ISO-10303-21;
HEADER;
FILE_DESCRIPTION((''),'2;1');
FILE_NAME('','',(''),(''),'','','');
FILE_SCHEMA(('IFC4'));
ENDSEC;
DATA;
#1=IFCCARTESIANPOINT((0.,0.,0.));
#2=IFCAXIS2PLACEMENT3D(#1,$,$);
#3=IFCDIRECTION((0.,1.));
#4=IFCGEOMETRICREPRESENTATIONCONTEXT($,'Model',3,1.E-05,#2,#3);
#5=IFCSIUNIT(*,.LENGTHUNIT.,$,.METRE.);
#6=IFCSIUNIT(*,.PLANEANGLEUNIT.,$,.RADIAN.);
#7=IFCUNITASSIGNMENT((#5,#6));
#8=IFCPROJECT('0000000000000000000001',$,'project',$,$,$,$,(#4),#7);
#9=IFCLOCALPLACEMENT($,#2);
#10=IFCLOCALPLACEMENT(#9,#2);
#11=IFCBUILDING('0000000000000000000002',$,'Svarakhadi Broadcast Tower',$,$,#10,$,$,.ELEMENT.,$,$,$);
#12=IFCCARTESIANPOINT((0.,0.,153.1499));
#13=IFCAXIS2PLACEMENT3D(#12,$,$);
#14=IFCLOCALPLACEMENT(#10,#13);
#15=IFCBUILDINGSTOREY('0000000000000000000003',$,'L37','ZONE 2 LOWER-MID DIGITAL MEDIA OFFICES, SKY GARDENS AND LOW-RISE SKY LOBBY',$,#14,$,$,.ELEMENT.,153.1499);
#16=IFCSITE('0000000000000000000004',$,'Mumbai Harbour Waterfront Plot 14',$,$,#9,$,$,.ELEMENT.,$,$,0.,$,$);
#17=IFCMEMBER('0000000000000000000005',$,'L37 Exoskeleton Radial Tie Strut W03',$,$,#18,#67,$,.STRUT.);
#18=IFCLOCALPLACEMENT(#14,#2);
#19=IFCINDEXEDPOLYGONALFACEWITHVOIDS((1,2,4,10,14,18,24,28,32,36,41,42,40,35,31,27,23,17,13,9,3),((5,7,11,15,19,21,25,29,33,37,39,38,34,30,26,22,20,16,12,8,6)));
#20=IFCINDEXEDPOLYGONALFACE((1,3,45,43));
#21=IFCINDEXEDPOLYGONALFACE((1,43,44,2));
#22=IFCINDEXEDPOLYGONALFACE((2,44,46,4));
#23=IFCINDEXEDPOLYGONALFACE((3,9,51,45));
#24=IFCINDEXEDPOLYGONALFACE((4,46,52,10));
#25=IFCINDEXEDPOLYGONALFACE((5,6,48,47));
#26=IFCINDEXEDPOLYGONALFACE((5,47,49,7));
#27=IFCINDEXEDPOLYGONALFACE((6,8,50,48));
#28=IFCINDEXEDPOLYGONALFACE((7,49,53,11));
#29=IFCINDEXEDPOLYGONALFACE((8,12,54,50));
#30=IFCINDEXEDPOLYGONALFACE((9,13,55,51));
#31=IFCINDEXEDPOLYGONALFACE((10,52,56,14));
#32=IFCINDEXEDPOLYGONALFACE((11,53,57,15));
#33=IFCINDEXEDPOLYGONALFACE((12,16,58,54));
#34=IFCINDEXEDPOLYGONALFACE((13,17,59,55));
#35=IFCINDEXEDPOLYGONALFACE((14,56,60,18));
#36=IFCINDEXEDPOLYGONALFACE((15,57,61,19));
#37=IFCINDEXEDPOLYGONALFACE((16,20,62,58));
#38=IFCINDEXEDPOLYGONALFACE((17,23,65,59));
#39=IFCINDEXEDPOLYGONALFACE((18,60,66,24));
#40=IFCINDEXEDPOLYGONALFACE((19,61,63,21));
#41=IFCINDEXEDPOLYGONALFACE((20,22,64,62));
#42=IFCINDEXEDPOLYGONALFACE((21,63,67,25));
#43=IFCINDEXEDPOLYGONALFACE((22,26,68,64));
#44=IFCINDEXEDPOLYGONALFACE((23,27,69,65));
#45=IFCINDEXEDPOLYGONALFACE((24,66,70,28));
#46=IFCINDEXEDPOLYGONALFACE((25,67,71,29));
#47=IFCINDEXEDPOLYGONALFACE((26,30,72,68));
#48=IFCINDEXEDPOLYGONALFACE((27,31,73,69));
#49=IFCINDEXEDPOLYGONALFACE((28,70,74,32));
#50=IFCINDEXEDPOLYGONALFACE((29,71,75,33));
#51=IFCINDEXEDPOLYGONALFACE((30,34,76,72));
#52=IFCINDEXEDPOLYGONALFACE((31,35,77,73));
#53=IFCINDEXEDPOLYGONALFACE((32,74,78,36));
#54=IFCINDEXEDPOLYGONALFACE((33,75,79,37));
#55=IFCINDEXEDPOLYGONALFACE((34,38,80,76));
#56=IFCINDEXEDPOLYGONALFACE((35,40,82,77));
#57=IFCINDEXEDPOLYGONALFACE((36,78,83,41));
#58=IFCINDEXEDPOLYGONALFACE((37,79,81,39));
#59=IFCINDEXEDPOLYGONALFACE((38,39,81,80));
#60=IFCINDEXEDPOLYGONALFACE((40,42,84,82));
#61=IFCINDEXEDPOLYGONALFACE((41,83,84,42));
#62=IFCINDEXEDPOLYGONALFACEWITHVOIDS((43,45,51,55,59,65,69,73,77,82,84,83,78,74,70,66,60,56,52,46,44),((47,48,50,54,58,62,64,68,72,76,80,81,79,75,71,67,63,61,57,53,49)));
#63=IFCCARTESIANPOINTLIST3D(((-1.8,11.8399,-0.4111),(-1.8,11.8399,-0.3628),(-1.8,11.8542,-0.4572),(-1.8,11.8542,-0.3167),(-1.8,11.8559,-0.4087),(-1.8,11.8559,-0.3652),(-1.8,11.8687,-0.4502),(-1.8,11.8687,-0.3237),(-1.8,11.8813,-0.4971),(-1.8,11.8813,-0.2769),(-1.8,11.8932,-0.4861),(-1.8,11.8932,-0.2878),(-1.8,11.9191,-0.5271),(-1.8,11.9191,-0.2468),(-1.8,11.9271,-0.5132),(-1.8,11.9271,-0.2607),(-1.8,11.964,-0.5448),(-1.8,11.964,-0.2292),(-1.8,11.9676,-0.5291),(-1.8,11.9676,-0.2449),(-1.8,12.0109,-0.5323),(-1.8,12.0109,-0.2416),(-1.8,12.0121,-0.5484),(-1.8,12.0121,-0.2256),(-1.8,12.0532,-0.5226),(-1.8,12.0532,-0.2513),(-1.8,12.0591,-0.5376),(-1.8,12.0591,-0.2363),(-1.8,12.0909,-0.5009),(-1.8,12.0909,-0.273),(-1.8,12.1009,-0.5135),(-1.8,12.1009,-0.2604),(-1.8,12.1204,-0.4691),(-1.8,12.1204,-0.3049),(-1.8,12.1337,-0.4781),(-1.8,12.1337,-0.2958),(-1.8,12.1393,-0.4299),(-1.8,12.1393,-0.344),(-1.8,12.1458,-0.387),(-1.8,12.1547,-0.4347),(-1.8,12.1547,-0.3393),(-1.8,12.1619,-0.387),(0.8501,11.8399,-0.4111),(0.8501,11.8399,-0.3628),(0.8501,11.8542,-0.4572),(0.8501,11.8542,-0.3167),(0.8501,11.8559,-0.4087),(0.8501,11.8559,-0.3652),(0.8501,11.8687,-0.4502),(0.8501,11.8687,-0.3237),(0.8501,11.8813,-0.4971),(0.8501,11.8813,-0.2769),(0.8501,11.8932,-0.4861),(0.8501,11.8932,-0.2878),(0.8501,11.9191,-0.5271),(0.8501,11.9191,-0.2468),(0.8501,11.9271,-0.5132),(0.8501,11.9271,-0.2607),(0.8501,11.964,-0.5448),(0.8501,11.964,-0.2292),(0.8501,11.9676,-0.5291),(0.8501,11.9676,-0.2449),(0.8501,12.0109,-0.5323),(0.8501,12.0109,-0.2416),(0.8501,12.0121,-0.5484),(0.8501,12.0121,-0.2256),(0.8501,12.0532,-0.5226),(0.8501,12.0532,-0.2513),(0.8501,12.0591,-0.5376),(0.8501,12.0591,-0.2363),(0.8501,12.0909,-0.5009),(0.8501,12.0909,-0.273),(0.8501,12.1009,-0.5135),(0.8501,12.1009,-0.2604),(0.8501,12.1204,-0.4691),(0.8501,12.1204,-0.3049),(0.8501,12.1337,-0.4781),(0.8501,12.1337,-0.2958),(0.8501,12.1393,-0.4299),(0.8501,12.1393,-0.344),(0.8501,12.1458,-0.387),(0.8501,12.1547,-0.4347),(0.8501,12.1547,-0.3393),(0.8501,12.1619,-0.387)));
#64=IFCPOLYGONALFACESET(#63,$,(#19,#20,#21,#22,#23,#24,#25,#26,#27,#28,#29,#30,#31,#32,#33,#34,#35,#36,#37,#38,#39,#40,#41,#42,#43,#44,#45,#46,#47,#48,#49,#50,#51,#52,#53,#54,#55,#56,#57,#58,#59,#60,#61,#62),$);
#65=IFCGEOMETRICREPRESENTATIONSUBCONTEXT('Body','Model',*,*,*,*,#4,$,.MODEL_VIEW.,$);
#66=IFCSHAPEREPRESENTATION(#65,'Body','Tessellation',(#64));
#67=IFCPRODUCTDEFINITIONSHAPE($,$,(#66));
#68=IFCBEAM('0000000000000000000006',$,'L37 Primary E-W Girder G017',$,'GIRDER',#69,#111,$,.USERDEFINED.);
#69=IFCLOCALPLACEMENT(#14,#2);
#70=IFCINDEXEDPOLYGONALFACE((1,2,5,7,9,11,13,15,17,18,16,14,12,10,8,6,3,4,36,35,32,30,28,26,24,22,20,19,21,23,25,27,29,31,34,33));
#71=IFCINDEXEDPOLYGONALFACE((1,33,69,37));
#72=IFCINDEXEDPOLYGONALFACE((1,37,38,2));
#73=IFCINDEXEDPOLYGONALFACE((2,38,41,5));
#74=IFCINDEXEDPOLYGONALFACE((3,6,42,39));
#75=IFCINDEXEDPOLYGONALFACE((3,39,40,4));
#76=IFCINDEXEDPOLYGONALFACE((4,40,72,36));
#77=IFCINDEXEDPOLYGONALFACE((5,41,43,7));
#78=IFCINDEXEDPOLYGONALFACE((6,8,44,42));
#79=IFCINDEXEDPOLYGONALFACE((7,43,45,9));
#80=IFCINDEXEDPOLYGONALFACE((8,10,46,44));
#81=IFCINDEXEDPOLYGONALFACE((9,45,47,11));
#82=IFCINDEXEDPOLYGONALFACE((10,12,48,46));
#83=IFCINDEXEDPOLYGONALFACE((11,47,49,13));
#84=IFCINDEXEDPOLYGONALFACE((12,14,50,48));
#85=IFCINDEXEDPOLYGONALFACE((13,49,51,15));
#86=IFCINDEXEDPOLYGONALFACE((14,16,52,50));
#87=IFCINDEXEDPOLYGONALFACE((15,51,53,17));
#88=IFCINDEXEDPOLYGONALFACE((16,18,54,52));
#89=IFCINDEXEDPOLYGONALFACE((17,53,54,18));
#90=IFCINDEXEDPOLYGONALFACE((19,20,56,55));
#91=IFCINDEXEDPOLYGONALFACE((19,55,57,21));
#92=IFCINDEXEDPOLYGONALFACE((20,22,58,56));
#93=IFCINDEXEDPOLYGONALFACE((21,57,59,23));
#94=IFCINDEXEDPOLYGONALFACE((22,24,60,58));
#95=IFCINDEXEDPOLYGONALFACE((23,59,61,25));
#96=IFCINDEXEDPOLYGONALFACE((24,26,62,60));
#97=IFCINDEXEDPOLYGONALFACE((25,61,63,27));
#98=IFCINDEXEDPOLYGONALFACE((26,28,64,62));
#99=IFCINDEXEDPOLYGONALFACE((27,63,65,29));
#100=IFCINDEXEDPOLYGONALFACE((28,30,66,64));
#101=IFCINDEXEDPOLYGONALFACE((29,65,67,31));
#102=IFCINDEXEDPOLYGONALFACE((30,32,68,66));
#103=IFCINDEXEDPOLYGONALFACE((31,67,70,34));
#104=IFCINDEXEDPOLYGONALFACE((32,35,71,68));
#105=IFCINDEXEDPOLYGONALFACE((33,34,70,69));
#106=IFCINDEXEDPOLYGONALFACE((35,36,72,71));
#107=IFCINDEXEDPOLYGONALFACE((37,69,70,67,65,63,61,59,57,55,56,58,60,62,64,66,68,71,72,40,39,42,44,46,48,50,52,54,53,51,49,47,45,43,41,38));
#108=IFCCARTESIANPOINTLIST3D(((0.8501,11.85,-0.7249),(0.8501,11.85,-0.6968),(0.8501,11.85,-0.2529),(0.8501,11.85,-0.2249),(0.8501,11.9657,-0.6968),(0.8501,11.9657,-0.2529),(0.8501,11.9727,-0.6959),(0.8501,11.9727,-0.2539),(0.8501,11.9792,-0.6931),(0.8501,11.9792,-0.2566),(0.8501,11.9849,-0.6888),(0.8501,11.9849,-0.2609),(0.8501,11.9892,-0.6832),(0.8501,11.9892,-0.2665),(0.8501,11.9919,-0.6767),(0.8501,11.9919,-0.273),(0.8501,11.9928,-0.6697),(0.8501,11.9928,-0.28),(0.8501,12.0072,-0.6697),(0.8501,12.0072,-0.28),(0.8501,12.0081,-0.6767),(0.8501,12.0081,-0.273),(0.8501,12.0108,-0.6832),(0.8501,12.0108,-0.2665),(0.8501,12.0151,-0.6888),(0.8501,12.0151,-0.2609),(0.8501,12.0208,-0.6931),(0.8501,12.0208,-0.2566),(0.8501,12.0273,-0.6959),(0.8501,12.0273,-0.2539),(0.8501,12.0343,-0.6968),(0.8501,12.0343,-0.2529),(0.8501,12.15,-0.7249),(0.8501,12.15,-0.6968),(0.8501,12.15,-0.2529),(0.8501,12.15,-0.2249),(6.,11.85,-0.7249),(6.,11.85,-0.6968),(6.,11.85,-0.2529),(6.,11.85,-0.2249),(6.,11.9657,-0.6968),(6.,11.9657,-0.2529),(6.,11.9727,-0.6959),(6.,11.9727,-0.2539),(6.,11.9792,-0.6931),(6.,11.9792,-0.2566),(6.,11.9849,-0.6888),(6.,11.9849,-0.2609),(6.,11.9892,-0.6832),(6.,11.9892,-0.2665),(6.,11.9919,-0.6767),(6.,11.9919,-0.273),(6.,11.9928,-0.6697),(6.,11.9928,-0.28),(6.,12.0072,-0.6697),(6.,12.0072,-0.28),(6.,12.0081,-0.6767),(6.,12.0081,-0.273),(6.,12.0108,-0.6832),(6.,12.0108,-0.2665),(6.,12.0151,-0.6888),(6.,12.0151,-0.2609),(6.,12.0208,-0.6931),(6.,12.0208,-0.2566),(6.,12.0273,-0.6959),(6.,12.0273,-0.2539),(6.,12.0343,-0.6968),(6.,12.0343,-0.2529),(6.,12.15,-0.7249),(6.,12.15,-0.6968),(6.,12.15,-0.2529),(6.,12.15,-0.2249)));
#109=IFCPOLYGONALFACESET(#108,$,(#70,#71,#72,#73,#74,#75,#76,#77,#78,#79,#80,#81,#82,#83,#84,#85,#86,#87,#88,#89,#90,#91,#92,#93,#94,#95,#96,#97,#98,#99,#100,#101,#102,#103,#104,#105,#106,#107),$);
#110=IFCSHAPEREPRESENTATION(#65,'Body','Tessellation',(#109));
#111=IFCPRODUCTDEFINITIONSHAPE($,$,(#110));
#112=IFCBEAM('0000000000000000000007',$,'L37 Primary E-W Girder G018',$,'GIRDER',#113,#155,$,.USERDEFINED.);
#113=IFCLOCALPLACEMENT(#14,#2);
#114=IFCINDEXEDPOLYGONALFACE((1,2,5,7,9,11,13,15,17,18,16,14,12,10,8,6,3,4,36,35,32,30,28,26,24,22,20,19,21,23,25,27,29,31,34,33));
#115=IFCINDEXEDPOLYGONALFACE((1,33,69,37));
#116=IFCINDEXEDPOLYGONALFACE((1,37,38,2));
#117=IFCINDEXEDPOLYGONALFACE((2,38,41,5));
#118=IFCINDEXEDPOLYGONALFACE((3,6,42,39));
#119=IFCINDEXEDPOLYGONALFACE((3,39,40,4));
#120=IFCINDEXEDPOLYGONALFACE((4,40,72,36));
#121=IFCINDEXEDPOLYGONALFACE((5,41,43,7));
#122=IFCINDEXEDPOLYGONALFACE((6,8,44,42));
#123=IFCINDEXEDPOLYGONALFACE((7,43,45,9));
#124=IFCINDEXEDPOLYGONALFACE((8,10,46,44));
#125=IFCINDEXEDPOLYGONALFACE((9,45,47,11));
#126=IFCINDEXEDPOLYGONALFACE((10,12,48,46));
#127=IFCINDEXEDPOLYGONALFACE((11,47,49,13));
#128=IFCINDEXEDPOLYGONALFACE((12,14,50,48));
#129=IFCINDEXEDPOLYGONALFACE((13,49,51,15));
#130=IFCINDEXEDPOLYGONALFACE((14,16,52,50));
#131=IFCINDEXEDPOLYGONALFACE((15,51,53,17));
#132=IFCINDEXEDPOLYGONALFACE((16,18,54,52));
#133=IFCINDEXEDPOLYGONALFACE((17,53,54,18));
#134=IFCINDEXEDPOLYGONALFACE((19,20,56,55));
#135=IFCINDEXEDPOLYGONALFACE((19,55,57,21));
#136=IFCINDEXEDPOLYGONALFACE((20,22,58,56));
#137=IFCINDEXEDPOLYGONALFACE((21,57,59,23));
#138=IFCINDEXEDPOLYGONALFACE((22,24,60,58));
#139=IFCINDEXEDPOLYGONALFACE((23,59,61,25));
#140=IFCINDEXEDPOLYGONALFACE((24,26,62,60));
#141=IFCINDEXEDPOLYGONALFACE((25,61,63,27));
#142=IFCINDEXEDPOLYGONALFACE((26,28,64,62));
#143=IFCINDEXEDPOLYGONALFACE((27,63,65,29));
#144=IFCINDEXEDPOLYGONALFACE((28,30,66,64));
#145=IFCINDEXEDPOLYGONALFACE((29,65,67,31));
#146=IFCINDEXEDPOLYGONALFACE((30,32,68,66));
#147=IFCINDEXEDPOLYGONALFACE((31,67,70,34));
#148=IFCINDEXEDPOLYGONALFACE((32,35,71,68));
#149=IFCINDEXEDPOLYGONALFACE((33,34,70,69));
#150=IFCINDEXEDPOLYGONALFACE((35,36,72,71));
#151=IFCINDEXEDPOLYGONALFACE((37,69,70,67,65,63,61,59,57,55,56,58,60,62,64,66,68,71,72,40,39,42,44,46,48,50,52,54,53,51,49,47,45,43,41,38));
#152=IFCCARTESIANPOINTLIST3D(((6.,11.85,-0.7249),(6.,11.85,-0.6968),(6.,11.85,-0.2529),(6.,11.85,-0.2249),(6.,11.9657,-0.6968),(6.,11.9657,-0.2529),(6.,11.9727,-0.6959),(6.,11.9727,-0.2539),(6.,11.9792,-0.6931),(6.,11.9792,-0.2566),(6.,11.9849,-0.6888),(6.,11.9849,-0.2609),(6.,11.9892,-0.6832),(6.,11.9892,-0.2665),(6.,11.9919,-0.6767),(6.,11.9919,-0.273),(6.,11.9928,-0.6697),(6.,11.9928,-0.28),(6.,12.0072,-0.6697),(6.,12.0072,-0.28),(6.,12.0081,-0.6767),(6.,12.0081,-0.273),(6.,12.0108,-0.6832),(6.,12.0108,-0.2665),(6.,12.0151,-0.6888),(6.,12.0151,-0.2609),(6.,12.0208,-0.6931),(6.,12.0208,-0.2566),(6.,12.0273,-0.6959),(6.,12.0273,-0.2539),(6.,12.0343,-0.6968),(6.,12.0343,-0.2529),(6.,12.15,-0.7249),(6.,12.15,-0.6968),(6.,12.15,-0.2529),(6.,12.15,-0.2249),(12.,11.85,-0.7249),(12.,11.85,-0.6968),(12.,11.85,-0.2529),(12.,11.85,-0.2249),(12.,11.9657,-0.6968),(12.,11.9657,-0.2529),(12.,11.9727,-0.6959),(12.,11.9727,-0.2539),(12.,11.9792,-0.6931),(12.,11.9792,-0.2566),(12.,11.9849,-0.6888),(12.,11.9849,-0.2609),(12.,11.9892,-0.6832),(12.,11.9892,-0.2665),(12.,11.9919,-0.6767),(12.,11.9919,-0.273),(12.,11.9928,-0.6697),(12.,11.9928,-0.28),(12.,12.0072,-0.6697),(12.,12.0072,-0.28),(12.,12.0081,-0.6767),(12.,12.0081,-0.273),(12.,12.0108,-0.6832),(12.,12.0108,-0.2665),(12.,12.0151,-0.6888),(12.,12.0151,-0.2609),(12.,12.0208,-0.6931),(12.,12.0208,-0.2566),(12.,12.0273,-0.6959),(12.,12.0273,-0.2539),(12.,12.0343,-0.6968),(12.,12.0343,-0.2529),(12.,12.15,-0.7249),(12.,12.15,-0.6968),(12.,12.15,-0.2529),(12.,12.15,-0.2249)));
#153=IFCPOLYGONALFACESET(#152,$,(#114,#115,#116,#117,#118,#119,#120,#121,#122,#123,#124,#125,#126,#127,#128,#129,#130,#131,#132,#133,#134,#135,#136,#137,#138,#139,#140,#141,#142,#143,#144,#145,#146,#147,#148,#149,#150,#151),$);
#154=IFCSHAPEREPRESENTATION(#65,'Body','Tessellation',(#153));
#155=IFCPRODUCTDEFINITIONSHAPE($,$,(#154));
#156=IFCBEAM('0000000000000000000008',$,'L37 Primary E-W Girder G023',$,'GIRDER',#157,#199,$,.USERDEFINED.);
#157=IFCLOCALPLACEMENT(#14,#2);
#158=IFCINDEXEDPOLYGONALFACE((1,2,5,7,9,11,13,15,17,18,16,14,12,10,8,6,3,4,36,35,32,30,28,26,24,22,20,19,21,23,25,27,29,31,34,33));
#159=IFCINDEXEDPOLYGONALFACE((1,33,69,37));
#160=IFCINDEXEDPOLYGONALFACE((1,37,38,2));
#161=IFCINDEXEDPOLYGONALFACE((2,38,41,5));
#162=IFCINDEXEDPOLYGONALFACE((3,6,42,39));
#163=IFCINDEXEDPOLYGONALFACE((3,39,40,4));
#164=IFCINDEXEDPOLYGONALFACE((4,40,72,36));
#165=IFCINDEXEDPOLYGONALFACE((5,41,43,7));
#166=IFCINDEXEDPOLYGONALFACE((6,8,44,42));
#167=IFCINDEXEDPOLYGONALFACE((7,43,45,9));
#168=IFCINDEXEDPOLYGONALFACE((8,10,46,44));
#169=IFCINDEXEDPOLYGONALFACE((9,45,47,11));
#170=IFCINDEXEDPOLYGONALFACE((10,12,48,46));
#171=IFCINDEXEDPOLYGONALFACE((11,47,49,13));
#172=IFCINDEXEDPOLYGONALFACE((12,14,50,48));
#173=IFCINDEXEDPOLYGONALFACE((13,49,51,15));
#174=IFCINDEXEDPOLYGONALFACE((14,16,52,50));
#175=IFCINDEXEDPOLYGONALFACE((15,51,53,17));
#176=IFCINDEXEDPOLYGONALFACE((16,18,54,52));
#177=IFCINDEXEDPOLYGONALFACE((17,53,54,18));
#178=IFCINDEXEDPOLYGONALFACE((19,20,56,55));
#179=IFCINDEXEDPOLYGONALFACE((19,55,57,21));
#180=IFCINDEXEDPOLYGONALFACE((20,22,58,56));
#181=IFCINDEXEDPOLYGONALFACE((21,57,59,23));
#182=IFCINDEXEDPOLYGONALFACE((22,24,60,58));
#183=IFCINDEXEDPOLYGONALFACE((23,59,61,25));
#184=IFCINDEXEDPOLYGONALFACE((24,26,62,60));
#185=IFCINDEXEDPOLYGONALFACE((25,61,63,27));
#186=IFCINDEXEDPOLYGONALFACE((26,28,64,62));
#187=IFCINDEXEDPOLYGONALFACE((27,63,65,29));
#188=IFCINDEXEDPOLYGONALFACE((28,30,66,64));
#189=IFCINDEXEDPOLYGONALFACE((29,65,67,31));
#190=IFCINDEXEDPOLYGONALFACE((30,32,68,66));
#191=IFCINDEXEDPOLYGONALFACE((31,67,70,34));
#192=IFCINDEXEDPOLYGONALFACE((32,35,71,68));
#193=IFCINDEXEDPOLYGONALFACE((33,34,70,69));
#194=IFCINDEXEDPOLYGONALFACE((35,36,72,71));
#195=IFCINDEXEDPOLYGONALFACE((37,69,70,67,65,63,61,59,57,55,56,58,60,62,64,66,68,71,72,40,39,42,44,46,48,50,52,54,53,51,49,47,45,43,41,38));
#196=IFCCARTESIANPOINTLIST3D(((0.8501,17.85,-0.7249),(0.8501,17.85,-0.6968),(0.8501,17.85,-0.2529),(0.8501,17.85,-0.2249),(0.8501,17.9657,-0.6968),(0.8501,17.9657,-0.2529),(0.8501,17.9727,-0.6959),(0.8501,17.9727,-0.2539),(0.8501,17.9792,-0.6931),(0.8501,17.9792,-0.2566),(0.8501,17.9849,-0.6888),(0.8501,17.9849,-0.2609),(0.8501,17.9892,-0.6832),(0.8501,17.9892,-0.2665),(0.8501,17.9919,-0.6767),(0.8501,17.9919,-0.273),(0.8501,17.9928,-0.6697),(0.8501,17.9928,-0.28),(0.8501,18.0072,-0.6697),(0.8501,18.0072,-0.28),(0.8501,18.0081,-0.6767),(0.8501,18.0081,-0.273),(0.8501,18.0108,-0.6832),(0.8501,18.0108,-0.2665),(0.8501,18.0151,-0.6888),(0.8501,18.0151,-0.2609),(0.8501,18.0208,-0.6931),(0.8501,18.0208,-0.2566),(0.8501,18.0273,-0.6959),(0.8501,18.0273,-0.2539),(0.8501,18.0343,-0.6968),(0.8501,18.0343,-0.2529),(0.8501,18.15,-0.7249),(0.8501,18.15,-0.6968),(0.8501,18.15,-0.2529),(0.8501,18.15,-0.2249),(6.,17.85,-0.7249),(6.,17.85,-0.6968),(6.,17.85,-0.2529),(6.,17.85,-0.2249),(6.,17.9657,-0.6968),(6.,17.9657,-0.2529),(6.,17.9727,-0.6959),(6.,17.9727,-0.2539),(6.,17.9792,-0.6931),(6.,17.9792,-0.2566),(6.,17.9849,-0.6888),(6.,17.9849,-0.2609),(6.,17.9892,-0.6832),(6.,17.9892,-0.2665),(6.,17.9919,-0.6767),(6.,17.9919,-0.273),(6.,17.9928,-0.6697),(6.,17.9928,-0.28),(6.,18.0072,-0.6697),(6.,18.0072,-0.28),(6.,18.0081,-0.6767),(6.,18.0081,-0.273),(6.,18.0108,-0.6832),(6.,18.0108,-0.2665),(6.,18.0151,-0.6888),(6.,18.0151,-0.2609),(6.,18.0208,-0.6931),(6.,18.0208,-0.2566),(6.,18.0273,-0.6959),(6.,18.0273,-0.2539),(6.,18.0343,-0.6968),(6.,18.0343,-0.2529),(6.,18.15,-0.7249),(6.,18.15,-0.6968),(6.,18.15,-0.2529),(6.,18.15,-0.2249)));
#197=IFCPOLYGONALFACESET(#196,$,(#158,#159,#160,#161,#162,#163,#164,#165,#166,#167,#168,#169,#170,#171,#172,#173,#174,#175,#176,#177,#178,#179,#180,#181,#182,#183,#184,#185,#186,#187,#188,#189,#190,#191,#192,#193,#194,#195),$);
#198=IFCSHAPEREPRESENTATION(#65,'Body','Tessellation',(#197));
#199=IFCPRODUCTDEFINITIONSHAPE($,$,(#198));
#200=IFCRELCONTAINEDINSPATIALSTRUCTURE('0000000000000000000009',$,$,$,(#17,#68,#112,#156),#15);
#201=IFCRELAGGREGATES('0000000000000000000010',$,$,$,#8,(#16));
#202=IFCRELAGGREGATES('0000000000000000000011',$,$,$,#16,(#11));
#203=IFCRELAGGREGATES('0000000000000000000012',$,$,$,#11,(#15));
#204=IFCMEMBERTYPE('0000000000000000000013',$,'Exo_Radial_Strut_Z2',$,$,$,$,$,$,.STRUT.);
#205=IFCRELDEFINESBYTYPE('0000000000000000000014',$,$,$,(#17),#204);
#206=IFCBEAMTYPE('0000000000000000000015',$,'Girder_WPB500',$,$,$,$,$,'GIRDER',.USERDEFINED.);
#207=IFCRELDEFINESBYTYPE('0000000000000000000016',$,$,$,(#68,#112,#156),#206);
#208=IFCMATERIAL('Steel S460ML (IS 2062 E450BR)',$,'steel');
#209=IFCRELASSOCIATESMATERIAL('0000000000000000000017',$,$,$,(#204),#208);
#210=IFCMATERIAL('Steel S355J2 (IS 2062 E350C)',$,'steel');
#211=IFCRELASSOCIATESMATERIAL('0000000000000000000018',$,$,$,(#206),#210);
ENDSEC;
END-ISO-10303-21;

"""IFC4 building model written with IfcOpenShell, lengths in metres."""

from ifc_helpers import new_model, si_unit, direction, frame, origin, origin_2d, place, context, subcontext, project, spatial, hollow_circle, i_section, extrude, material, material_profile, profile_set, type_object, element, save


model = new_model("IFC4")

# Units and contexts
model_context = context("Model", 3, precision=1e-05, world=origin(), true_north=direction((0.0, 1.0)))
body_context = subcontext(model_context, "Body", "Model", "MODEL_VIEW")
ifc_project = project(units=[si_unit("LENGTHUNIT", "METRE"), si_unit("PLANEANGLEUNIT", "RADIAN")], contexts=[model_context])

# Site, building, storey
site_placement = place(None, origin())
site = spatial("IfcSite", under=ifc_project, at=site_placement, Name="Mumbai Harbour Waterfront Plot 14", CompositionType="ELEMENT", RefElevation=0.0)
building_placement = place(site_placement, origin())
building = spatial("IfcBuilding", under=site, at=building_placement, Name="Svarakhadi Broadcast Tower", CompositionType="ELEMENT")
storey_placement = place(building_placement, frame((0.0, 0.0, 153.1499)))
storey = spatial("IfcBuildingStorey", under=building, at=storey_placement, Name="L37", Description="ZONE 2 LOWER-MID DIGITAL MEDIA OFFICES, SKY GARDENS AND LOW-RISE SKY LOBBY", CompositionType="ELEMENT", Elevation=153.1499)

# Shared definitions
ifc_material_1 = material(Name="Steel S460ML (IS 2062 E450BR)", Category="steel")

# Shared definitions
ifc_material_2 = material(Name="Steel S355J2 (IS 2062 E350C)", Category="steel")

# Member
ifc_material_profile_1 = material_profile(ifc_material_1, hollow_circle(Radius=0.1619, WallThickness=0.0161, at=origin_2d()), Name="CHS 323.9x16")
ifc_profile_set_1 = profile_set([ifc_material_profile_1], Name="Steel S460ML (IS 2062 E450BR)")
member_type_1 = type_object("IfcMemberType", Name="Exo_Radial_Strut_Z2", PredefinedType="STRUT", material=ifc_profile_set_1)
member_1_placement = place(storey_placement, frame((-1.8, 12.0, -0.387), z_axis=(1.0, 0.0, 0.0), x_axis=(0.0, 1.0, 0.0)))
element("IfcMember", 1, at=member_1_placement, inside=storey, type_object=member_type_1, Name="L37 Exoskeleton Radial Tie Strut W03", PredefinedType="STRUT", context=body_context, shape_type="SweptSolid", body=[
    extrude(hollow_circle(Radius=0.1619, WallThickness=0.0161, at=origin_2d()), origin(), (0.0, 0.0, 1.0), 2.6501),
])

# Beams
ifc_material_profile_2 = material_profile(ifc_material_2, i_section(OverallWidth=0.3, OverallDepth=0.5, WebThickness=0.0144, FlangeThickness=0.0281, FilletRadius=0.0271, at=origin_2d()), Name="WPB 500x300x187")
ifc_profile_set_2 = profile_set([ifc_material_profile_2], Name="Steel S355J2 (IS 2062 E350C)")
beam_type_1 = type_object("IfcBeamType", Name="Girder_WPB500", ElementType="GIRDER", PredefinedType="USERDEFINED", material=ifc_profile_set_2)
beam_1_placement = place(storey_placement, frame((0.8501, 12.0, -0.4749), z_axis=(1.0, 0.0, 0.0), x_axis=(0.0, 1.0, 0.0)))
element("IfcBeam", 2, at=beam_1_placement, inside=storey, type_object=beam_type_1, Name="L37 Primary E-W Girder G017", ObjectType="GIRDER", PredefinedType="USERDEFINED", context=body_context, shape_type="SweptSolid", body=[
    extrude(i_section(OverallWidth=0.3, OverallDepth=0.5, WebThickness=0.0144, FlangeThickness=0.0281, FilletRadius=0.0271, at=origin_2d()), origin(), (0.0, 0.0, 1.0), 5.1499),
])
beam_2_placement = place(storey_placement, frame((6.0, 12.0, -0.4749), z_axis=(1.0, 0.0, 0.0), x_axis=(0.0, 1.0, 0.0)))
element("IfcBeam", 3, at=beam_2_placement, inside=storey, type_object=beam_type_1, Name="L37 Primary E-W Girder G018", ObjectType="GIRDER", PredefinedType="USERDEFINED", context=body_context, shape_type="SweptSolid", body=[
    extrude(i_section(OverallWidth=0.3, OverallDepth=0.5, WebThickness=0.0144, FlangeThickness=0.0281, FilletRadius=0.0271, at=origin_2d()), origin(), (0.0, 0.0, 1.0), 6.0),
])
beam_3_placement = place(storey_placement, frame((0.8501, 18.0, -0.4749), z_axis=(1.0, 0.0, 0.0), x_axis=(0.0, 1.0, 0.0)))
element("IfcBeam", 4, at=beam_3_placement, inside=storey, type_object=beam_type_1, Name="L37 Primary E-W Girder G023", ObjectType="GIRDER", PredefinedType="USERDEFINED", context=body_context, shape_type="SweptSolid", body=[
    extrude(i_section(OverallWidth=0.3, OverallDepth=0.5, WebThickness=0.0144, FlangeThickness=0.0281, FilletRadius=0.0271, at=origin_2d()), origin(), (0.0, 0.0, 1.0), 5.1499),
])

save(model, "model.ifc")
